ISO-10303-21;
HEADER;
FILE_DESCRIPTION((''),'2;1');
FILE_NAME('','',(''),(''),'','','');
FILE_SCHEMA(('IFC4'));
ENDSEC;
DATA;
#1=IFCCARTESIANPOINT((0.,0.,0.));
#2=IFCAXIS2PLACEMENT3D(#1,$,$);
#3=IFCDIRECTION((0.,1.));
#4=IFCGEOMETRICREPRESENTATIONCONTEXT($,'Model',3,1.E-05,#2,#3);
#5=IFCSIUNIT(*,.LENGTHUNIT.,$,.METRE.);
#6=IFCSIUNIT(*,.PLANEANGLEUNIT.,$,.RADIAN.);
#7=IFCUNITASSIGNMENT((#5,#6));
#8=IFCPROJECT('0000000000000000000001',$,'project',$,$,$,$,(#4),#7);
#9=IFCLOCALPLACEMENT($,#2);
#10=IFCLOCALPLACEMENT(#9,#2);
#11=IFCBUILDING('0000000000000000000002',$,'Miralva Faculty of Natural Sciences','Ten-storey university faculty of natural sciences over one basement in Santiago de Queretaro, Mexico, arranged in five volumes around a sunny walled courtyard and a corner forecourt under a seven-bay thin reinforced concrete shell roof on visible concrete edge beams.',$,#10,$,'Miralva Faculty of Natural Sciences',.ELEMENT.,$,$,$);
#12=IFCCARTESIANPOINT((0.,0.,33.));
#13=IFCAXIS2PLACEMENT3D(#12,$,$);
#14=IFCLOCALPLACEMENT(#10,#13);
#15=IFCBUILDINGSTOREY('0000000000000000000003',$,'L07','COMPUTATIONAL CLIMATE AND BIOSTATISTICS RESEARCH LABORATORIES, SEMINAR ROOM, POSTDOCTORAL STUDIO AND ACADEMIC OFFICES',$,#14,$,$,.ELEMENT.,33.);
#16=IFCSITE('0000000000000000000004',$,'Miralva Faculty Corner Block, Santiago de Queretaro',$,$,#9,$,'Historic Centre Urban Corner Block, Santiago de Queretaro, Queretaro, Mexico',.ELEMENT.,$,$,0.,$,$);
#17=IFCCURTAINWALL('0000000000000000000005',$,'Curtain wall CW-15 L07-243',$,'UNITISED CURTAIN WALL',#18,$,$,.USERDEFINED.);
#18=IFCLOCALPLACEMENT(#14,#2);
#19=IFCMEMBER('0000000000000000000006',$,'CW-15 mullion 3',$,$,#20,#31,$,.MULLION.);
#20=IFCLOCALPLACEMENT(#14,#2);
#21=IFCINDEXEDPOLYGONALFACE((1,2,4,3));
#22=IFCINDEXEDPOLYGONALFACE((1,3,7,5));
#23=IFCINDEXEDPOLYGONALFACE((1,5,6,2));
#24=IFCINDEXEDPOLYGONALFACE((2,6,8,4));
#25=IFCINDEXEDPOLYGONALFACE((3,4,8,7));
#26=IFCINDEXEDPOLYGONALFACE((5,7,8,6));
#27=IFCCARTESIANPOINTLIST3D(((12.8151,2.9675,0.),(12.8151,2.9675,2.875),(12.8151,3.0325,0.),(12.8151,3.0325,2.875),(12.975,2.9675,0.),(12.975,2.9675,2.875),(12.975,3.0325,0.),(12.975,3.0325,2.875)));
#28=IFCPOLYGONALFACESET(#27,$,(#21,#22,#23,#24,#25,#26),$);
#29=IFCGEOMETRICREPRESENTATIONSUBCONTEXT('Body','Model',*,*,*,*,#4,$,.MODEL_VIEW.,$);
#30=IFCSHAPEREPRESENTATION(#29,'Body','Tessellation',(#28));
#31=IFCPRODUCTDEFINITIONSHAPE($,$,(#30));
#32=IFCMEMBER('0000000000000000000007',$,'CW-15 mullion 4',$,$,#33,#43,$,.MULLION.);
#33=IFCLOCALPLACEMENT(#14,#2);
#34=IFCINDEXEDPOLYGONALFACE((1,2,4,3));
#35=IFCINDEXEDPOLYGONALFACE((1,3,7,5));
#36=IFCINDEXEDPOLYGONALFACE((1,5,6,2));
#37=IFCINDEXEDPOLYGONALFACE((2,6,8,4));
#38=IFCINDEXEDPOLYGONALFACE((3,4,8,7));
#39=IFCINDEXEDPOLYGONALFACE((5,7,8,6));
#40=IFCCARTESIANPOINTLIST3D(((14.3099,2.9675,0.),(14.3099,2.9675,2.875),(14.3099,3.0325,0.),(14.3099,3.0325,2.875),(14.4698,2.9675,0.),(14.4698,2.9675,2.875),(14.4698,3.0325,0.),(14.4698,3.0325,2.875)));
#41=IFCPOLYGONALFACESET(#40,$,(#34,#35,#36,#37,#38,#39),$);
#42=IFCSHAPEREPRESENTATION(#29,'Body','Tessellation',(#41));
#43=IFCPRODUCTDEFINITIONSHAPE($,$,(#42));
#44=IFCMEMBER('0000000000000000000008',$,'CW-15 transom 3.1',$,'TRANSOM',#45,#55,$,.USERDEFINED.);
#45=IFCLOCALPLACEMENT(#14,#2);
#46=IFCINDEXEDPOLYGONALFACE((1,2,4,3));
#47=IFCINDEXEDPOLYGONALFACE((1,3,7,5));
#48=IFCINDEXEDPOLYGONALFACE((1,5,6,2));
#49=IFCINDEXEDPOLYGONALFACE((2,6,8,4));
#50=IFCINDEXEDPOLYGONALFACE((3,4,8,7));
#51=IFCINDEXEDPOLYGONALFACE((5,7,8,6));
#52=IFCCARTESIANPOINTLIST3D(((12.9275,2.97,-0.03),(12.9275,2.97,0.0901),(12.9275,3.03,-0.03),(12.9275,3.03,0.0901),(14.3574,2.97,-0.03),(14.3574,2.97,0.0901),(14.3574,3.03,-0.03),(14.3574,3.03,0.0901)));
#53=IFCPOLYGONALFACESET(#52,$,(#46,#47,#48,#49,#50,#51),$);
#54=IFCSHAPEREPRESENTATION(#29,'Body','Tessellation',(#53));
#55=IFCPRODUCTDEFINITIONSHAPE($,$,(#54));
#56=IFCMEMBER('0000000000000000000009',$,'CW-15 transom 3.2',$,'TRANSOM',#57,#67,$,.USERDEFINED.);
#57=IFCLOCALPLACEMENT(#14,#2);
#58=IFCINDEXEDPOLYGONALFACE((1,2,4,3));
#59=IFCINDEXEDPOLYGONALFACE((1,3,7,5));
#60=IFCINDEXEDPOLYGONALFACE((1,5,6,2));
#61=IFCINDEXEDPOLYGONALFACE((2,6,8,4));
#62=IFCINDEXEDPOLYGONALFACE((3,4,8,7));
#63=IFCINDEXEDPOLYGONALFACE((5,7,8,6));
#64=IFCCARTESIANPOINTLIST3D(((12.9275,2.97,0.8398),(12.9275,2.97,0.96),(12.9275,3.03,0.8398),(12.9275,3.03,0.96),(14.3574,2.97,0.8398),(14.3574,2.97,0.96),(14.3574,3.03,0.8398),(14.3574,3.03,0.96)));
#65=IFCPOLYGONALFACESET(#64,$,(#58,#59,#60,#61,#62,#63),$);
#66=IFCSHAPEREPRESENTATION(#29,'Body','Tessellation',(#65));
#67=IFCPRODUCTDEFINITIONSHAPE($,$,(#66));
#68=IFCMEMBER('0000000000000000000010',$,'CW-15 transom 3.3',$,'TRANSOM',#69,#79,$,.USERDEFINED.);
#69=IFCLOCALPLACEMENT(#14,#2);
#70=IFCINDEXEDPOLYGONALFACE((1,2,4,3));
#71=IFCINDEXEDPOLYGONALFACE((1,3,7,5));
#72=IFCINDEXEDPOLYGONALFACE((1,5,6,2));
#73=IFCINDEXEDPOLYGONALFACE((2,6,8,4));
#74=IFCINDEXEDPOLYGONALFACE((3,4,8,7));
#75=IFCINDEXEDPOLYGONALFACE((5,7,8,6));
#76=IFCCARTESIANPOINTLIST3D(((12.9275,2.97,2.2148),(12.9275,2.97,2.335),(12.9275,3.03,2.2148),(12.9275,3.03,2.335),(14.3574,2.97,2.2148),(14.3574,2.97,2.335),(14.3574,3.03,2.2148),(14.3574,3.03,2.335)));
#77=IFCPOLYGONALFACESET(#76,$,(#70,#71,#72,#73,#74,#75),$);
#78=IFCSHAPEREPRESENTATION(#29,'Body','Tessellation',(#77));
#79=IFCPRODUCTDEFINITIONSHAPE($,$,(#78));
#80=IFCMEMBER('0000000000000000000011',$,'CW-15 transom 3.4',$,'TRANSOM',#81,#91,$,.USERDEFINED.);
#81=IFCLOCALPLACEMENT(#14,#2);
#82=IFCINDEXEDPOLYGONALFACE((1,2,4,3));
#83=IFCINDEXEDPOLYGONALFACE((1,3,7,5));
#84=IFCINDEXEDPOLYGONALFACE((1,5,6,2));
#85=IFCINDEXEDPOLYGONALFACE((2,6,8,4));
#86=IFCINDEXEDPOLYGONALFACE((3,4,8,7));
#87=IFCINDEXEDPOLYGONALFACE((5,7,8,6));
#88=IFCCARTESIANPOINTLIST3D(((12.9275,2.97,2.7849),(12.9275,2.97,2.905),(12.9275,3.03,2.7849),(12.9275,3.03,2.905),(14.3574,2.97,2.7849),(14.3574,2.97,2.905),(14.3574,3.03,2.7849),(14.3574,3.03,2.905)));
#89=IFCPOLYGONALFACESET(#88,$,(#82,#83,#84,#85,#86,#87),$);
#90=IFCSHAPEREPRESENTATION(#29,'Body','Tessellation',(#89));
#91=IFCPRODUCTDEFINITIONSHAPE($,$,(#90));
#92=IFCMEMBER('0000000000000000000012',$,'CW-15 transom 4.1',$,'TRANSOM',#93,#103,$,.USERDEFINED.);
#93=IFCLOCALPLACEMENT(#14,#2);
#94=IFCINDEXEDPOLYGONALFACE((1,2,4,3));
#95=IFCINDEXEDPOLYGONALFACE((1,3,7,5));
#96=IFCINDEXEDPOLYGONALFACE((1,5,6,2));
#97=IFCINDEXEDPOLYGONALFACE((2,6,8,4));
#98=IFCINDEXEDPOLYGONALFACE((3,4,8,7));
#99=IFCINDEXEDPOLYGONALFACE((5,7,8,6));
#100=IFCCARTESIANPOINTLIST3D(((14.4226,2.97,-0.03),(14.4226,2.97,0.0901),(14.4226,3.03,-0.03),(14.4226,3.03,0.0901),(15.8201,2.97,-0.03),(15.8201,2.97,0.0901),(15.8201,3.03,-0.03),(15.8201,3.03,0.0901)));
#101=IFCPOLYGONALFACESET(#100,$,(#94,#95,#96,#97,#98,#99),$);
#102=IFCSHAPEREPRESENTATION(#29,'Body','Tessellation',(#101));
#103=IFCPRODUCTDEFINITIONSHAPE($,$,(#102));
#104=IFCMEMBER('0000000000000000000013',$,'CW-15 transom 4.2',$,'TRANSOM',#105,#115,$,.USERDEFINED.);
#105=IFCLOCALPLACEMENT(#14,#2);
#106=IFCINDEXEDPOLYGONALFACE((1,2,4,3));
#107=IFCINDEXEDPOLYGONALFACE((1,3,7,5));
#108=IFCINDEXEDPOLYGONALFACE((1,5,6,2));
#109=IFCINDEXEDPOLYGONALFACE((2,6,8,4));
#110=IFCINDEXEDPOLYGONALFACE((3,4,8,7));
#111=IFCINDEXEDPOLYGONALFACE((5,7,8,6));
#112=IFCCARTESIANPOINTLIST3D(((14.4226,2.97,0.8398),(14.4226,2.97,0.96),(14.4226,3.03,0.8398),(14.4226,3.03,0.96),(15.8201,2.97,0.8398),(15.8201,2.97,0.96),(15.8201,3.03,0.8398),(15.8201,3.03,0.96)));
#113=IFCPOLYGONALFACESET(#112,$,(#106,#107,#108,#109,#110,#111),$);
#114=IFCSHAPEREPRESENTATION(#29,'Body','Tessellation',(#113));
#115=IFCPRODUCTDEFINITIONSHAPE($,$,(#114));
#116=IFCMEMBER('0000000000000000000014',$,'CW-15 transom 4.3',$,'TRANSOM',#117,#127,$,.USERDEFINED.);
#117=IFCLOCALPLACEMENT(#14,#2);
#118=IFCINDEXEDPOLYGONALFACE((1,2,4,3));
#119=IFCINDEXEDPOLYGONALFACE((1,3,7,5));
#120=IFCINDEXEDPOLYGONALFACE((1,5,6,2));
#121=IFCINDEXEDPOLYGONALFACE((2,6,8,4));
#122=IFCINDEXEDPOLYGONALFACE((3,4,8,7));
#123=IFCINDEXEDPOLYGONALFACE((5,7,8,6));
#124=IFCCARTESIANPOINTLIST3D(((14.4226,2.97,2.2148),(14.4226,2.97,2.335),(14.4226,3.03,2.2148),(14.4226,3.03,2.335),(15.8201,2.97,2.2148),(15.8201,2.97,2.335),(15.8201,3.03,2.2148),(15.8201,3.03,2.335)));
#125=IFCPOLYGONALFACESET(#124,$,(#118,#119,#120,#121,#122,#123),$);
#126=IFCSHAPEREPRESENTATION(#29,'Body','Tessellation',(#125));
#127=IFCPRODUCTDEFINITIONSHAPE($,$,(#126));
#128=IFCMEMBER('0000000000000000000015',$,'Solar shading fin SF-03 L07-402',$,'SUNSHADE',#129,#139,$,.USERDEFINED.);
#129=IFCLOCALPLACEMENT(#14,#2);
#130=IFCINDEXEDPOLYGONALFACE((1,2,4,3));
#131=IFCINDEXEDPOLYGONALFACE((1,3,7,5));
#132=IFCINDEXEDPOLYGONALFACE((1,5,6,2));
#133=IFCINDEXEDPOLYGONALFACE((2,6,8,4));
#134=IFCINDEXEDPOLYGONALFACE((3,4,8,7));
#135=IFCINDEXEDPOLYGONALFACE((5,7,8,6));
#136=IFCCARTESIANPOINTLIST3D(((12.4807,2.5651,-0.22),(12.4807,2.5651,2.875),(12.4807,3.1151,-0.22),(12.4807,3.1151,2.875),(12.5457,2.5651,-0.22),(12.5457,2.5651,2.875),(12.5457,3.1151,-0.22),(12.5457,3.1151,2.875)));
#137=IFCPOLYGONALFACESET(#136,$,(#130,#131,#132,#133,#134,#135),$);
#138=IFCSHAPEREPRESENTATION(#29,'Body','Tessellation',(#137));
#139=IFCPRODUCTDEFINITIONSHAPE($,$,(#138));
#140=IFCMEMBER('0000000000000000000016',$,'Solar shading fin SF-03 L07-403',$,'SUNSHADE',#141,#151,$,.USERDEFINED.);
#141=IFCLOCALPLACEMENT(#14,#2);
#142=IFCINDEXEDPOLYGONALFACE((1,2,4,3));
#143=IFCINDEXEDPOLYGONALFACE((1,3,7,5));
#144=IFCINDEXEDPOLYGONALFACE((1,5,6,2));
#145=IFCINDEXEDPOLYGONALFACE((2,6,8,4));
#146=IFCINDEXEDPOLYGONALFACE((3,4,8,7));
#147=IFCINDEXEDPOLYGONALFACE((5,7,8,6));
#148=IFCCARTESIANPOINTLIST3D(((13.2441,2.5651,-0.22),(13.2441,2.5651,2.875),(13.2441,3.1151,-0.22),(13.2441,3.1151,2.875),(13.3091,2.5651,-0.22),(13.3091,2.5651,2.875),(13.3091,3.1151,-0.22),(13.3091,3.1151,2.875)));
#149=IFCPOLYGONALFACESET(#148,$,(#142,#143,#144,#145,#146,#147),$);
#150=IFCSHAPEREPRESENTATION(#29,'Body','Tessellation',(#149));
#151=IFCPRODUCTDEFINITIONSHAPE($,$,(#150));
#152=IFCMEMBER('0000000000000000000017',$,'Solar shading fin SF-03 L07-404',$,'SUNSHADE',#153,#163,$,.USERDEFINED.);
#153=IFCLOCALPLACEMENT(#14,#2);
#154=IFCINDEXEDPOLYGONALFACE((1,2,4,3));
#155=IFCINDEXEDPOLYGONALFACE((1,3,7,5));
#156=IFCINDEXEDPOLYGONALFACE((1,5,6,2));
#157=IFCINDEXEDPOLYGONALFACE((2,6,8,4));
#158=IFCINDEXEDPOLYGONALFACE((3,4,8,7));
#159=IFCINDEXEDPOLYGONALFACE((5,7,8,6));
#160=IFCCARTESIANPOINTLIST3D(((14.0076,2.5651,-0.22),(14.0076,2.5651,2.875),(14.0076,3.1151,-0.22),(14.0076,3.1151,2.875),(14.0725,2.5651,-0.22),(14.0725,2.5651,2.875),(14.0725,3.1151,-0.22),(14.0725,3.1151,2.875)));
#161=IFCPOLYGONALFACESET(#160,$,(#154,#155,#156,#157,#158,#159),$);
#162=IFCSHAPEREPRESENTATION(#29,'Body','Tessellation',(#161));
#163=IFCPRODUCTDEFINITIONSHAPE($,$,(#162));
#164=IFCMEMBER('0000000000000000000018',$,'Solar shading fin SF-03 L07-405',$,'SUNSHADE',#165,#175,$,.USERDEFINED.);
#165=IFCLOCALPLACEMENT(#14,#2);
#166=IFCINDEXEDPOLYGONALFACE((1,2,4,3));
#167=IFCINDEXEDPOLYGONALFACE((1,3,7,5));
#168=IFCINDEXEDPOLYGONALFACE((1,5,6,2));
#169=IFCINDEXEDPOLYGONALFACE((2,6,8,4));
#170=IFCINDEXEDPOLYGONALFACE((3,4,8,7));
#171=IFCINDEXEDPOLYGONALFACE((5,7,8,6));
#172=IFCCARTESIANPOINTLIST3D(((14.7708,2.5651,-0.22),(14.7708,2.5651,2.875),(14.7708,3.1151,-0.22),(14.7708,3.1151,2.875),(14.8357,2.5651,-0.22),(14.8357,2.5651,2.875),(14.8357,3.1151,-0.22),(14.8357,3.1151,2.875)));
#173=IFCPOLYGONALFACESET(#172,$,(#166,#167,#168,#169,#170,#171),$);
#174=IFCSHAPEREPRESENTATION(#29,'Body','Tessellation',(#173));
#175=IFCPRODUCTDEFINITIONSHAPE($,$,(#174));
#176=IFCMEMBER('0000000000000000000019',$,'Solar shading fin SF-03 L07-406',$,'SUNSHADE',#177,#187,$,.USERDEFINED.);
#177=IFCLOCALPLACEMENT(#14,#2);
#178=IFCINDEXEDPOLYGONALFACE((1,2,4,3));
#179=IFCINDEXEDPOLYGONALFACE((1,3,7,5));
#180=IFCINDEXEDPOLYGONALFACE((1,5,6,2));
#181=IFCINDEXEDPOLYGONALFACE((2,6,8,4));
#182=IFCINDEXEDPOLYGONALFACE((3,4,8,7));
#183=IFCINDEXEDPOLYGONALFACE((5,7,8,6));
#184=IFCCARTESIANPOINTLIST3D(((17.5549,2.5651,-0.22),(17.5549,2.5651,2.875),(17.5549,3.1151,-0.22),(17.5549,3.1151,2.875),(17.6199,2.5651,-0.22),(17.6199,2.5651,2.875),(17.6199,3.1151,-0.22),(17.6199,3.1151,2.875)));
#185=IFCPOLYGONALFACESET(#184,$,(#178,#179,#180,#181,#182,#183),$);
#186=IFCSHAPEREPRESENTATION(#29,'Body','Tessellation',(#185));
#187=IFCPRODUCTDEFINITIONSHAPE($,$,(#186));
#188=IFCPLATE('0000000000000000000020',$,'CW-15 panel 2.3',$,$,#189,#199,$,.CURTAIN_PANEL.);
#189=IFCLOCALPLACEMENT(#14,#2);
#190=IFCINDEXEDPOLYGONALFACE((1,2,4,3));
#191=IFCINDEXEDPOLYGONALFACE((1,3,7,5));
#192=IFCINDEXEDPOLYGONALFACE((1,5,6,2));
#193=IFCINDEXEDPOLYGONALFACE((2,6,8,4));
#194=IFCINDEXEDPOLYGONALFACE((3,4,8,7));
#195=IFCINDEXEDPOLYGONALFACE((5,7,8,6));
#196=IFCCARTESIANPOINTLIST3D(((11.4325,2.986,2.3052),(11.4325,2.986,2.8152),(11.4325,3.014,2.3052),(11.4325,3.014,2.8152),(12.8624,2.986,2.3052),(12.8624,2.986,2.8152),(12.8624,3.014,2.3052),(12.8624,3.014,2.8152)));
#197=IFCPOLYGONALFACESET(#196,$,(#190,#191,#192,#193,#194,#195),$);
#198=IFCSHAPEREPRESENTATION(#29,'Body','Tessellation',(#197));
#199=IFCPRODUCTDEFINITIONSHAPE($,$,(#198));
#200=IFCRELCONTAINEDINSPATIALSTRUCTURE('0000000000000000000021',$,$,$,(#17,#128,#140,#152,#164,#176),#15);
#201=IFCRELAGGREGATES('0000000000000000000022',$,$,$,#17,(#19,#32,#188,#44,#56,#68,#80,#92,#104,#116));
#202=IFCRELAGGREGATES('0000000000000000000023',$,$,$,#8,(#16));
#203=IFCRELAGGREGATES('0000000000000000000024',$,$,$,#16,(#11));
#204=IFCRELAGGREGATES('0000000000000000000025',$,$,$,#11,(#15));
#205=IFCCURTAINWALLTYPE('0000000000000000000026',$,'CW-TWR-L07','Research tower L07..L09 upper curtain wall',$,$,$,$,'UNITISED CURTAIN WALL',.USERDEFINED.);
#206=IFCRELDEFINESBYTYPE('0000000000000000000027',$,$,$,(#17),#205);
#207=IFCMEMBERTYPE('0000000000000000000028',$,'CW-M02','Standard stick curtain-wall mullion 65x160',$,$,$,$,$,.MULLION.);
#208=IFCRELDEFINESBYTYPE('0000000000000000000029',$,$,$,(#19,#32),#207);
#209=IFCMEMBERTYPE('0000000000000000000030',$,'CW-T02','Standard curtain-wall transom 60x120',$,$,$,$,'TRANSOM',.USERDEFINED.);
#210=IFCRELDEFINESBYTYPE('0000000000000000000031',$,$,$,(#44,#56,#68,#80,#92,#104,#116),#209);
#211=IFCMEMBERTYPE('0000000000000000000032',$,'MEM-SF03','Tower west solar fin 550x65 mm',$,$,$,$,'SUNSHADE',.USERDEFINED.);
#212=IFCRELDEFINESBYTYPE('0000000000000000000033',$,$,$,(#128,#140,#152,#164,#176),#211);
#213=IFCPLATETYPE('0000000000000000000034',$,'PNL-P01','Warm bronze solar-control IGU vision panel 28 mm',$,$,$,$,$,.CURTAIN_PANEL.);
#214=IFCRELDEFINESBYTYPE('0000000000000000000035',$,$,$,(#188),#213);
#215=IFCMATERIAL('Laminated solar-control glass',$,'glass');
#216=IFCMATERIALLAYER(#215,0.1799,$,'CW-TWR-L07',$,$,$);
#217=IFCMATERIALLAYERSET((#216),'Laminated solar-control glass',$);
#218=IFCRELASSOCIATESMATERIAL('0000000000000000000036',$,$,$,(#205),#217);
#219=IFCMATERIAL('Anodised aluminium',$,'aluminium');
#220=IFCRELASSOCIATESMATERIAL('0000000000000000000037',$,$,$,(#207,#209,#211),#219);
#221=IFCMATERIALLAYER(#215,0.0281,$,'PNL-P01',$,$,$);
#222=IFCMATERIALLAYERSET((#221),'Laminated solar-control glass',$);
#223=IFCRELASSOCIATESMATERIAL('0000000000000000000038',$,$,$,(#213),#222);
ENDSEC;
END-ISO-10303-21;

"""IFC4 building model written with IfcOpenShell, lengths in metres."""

from ifc_helpers import new_model, si_unit, direction, frame, origin, origin_2d, place, context, subcontext, project, spatial, rectangle, extrude, material, layer, layer_set, material_profile, profile_set, type_object, element, aggregate, save


model = new_model("IFC4")

# Units and contexts
model_context = context("Model", 3, precision=1e-05, world=origin(), true_north=direction((0.0, 1.0)))
body_context = subcontext(model_context, "Body", "Model", "MODEL_VIEW")
ifc_project = project(units=[si_unit("LENGTHUNIT", "METRE"), si_unit("PLANEANGLEUNIT", "RADIAN")], contexts=[model_context])

# Site, building, storey
site_placement = place(None, origin())
site = spatial("IfcSite", under=ifc_project, at=site_placement, Name="Miralva Faculty Corner Block, Santiago de Queretaro", LongName="Historic Centre Urban Corner Block, Santiago de Queretaro, Queretaro, Mexico", CompositionType="ELEMENT", RefElevation=0.0)
building_placement = place(site_placement, origin())
building = spatial("IfcBuilding", under=site, at=building_placement, Name="Miralva Faculty of Natural Sciences", Description="Ten-storey university faculty of natural sciences over one basement in Santiago de Queretaro, Mexico, arranged in five volumes around a sunny walled courtyard and a corner forecourt under a seven-bay thin reinforced concrete shell roof on visible concrete edge beams.", LongName="Miralva Faculty of Natural Sciences", CompositionType="ELEMENT")
storey_placement = place(building_placement, frame((0.0, 0.0, 33.0)))
storey = spatial("IfcBuildingStorey", under=building, at=storey_placement, Name="L07", Description="COMPUTATIONAL CLIMATE AND BIOSTATISTICS RESEARCH LABORATORIES, SEMINAR ROOM, POSTDOCTORAL STUDIO AND ACADEMIC OFFICES", CompositionType="ELEMENT", Elevation=33.0)

# Curtain wall, members
ifc_material_1 = material(Name="Laminated solar-control glass", Category="glass")
ifc_layer_1 = layer(ifc_material_1, 0.1799, Name="CW-TWR-L07")
ifc_layer_set_1 = layer_set([ifc_layer_1], Name="Laminated solar-control glass")
curtain_wall_type = type_object("IfcCurtainWallType", Name="CW-TWR-L07", Description="Research tower L07..L09 upper curtain wall", ElementType="UNITISED CURTAIN WALL", PredefinedType="USERDEFINED", material=ifc_layer_set_1)
curtain_wall_placement = place(storey_placement, origin())
curtain_wall = element("IfcCurtainWall", 1, at=curtain_wall_placement, inside=storey, type_object=curtain_wall_type, Name="Curtain wall CW-15 L07-243", ObjectType="UNITISED CURTAIN WALL", PredefinedType="USERDEFINED")
ifc_material_2 = material(Name="Anodised aluminium", Category="aluminium")
ifc_material_profile_1 = material_profile(ifc_material_2, rectangle(XDim=0.0649, YDim=0.1599, at=origin_2d()), Name="MULLION 65x160")
ifc_profile_set_1 = profile_set([ifc_material_profile_1], Name="Anodised aluminium")
member_type_1 = type_object("IfcMemberType", Name="CW-M02", Description="Standard stick curtain-wall mullion 65x160", PredefinedType="MULLION", material=ifc_profile_set_1)
member_1_placement = place(storey_placement, frame((12.895, 3.0, 0.0), z_axis=(0.0, 0.0, 1.0), x_axis=(0.0, 1.0, 0.0)))
member_1 = element("IfcMember", 2, at=member_1_placement, type_object=member_type_1, Name="CW-15 mullion 3", PredefinedType="MULLION", context=body_context, shape_type="SweptSolid", body=[
    extrude(rectangle(XDim=0.0649, YDim=0.1599, at=origin_2d()), origin(), (0.0, 0.0, 1.0), 2.875),
])
member_2_placement = place(storey_placement, frame((14.3899, 3.0, 0.0), z_axis=(0.0, 0.0, 1.0), x_axis=(0.0, 1.0, 0.0)))
member_2 = element("IfcMember", 3, at=member_2_placement, type_object=member_type_1, Name="CW-15 mullion 4", PredefinedType="MULLION", context=body_context, shape_type="SweptSolid", body=[
    extrude(rectangle(XDim=0.0649, YDim=0.1599, at=origin_2d()), origin(), (0.0, 0.0, 1.0), 2.875),
])
ifc_material_profile_2 = material_profile(ifc_material_2, rectangle(XDim=0.0601, YDim=0.1201, at=origin_2d()), Name="TRANSOM 60x120")
ifc_profile_set_2 = profile_set([ifc_material_profile_2], Name="Anodised aluminium")
member_type_2 = type_object("IfcMemberType", Name="CW-T02", Description="Standard curtain-wall transom 60x120", ElementType="TRANSOM", PredefinedType="USERDEFINED", material=ifc_profile_set_2)
member_3_placement = place(storey_placement, frame((12.9275, 3.0, 0.03), z_axis=(1.0, 0.0, 0.0), x_axis=(0.0, 1.0, 0.0)))
member_3 = element("IfcMember", 4, at=member_3_placement, type_object=member_type_2, Name="CW-15 transom 3.1", ObjectType="TRANSOM", PredefinedType="USERDEFINED", context=body_context, shape_type="SweptSolid", body=[
    extrude(rectangle(XDim=0.0601, YDim=0.1201, at=origin_2d()), origin(), (0.0, 0.0, 1.0), 1.4299),
])
member_4_placement = place(storey_placement, frame((12.9275, 3.0, 0.8999), z_axis=(1.0, 0.0, 0.0), x_axis=(0.0, 1.0, 0.0)))
member_4 = element("IfcMember", 5, at=member_4_placement, type_object=member_type_2, Name="CW-15 transom 3.2", ObjectType="TRANSOM", PredefinedType="USERDEFINED", context=body_context, shape_type="SweptSolid", body=[
    extrude(rectangle(XDim=0.0601, YDim=0.1201, at=origin_2d()), origin(), (0.0, 0.0, 1.0), 1.4299),
])
member_5_placement = place(storey_placement, frame((12.9275, 3.0, 2.2749), z_axis=(1.0, 0.0, 0.0), x_axis=(0.0, 1.0, 0.0)))
member_5 = element("IfcMember", 6, at=member_5_placement, type_object=member_type_2, Name="CW-15 transom 3.3", ObjectType="TRANSOM", PredefinedType="USERDEFINED", context=body_context, shape_type="SweptSolid", body=[
    extrude(rectangle(XDim=0.0601, YDim=0.1201, at=origin_2d()), origin(), (0.0, 0.0, 1.0), 1.4299),
])
member_6_placement = place(storey_placement, frame((12.9275, 3.0, 2.845), z_axis=(1.0, 0.0, 0.0), x_axis=(0.0, 1.0, 0.0)))
member_6 = element("IfcMember", 7, at=member_6_placement, type_object=member_type_2, Name="CW-15 transom 3.4", ObjectType="TRANSOM", PredefinedType="USERDEFINED", context=body_context, shape_type="SweptSolid", body=[
    extrude(rectangle(XDim=0.0601, YDim=0.1201, at=origin_2d()), origin(), (0.0, 0.0, 1.0), 1.4299),
])
member_7_placement = place(storey_placement, frame((14.4226, 3.0, 0.03), z_axis=(1.0, 0.0, 0.0), x_axis=(0.0, 1.0, 0.0)))
member_7 = element("IfcMember", 8, at=member_7_placement, type_object=member_type_2, Name="CW-15 transom 4.1", ObjectType="TRANSOM", PredefinedType="USERDEFINED", context=body_context, shape_type="SweptSolid", body=[
    extrude(rectangle(XDim=0.0601, YDim=0.1201, at=origin_2d()), origin(), (0.0, 0.0, 1.0), 1.3975),
])
member_8_placement = place(storey_placement, frame((14.4226, 3.0, 0.8999), z_axis=(1.0, 0.0, 0.0), x_axis=(0.0, 1.0, 0.0)))
member_8 = element("IfcMember", 9, at=member_8_placement, type_object=member_type_2, Name="CW-15 transom 4.2", ObjectType="TRANSOM", PredefinedType="USERDEFINED", context=body_context, shape_type="SweptSolid", body=[
    extrude(rectangle(XDim=0.0601, YDim=0.1201, at=origin_2d()), origin(), (0.0, 0.0, 1.0), 1.3975),
])
member_9_placement = place(storey_placement, frame((14.4226, 3.0, 2.2749), z_axis=(1.0, 0.0, 0.0), x_axis=(0.0, 1.0, 0.0)))
member_9 = element("IfcMember", 10, at=member_9_placement, type_object=member_type_2, Name="CW-15 transom 4.3", ObjectType="TRANSOM", PredefinedType="USERDEFINED", context=body_context, shape_type="SweptSolid", body=[
    extrude(rectangle(XDim=0.0601, YDim=0.1201, at=origin_2d()), origin(), (0.0, 0.0, 1.0), 1.3975),
])

# Members
ifc_material_profile_3 = material_profile(ifc_material_2, rectangle(XDim=0.0649, YDim=0.55, at=origin_2d()), Name="FIN 550x65")
ifc_profile_set_3 = profile_set([ifc_material_profile_3], Name="Anodised aluminium")
member_type_3 = type_object("IfcMemberType", Name="MEM-SF03", Description="Tower west solar fin 550x65 mm", ElementType="SUNSHADE", PredefinedType="USERDEFINED", material=ifc_profile_set_3)
for number, where, z_axis, x_axis, name in (
    (11, (12.5132, 2.8401, -0.22), (0.0, 0.0, 1.0), (1.0, 0.0, 0.0), "Solar shading fin SF-03 L07-402"),
    (12, (13.2766, 2.8401, -0.22), (0.0, 0.0, 1.0), (1.0, 0.0, 0.0), "Solar shading fin SF-03 L07-403"),
    (13, (14.04, 2.8401, -0.22), (0.0, 0.0, 1.0), (1.0, 0.0, 0.0), "Solar shading fin SF-03 L07-404"),
    (14, (14.8032, 2.8401, -0.22), (0.0, 0.0, 1.0), (1.0, 0.0, 0.0), "Solar shading fin SF-03 L07-405"),
    (15, (17.5874, 2.8401, -0.22), (0.0, 0.0, 1.0), (1.0, 0.0, 0.0), "Solar shading fin SF-03 L07-406"),
):
    element("IfcMember", number, at=place(storey_placement, frame(where, z_axis=z_axis, x_axis=x_axis)), inside=storey, type_object=member_type_3, Name=name, ObjectType="SUNSHADE", PredefinedType="USERDEFINED", context=body_context, shape_type="SweptSolid", body=[
        extrude(rectangle(XDim=0.0649, YDim=0.55, at=origin_2d()), origin(), (0.0, 0.0, 1.0), 3.095),
    ])

# Plate
ifc_layer_2 = layer(ifc_material_1, 0.0281, Name="PNL-P01")
ifc_layer_set_2 = layer_set([ifc_layer_2], Name="Laminated solar-control glass")
plate_type = type_object("IfcPlateType", Name="PNL-P01", Description="Warm bronze solar-control IGU vision panel 28 mm", PredefinedType="CURTAIN_PANEL", material=ifc_layer_set_2)
plate_1_placement = place(storey_placement, frame((12.1475, 3.0, 2.3052), z_axis=(0.0, 0.0, 1.0), x_axis=(1.0, 0.0, 0.0)))
plate_1 = element("IfcPlate", 16, at=plate_1_placement, type_object=plate_type, Name="CW-15 panel 2.3", PredefinedType="CURTAIN_PANEL", context=body_context, shape_type="SweptSolid", body=[
    extrude(rectangle(XDim=1.4299, YDim=0.0281, at=origin_2d()), origin(), (0.0, 0.0, 1.0), 0.51),
])
aggregate(curtain_wall, [member_1, member_2, plate_1, member_3, member_4, member_5, member_6, member_7, member_8, member_9])

save(model, "model.ifc")
